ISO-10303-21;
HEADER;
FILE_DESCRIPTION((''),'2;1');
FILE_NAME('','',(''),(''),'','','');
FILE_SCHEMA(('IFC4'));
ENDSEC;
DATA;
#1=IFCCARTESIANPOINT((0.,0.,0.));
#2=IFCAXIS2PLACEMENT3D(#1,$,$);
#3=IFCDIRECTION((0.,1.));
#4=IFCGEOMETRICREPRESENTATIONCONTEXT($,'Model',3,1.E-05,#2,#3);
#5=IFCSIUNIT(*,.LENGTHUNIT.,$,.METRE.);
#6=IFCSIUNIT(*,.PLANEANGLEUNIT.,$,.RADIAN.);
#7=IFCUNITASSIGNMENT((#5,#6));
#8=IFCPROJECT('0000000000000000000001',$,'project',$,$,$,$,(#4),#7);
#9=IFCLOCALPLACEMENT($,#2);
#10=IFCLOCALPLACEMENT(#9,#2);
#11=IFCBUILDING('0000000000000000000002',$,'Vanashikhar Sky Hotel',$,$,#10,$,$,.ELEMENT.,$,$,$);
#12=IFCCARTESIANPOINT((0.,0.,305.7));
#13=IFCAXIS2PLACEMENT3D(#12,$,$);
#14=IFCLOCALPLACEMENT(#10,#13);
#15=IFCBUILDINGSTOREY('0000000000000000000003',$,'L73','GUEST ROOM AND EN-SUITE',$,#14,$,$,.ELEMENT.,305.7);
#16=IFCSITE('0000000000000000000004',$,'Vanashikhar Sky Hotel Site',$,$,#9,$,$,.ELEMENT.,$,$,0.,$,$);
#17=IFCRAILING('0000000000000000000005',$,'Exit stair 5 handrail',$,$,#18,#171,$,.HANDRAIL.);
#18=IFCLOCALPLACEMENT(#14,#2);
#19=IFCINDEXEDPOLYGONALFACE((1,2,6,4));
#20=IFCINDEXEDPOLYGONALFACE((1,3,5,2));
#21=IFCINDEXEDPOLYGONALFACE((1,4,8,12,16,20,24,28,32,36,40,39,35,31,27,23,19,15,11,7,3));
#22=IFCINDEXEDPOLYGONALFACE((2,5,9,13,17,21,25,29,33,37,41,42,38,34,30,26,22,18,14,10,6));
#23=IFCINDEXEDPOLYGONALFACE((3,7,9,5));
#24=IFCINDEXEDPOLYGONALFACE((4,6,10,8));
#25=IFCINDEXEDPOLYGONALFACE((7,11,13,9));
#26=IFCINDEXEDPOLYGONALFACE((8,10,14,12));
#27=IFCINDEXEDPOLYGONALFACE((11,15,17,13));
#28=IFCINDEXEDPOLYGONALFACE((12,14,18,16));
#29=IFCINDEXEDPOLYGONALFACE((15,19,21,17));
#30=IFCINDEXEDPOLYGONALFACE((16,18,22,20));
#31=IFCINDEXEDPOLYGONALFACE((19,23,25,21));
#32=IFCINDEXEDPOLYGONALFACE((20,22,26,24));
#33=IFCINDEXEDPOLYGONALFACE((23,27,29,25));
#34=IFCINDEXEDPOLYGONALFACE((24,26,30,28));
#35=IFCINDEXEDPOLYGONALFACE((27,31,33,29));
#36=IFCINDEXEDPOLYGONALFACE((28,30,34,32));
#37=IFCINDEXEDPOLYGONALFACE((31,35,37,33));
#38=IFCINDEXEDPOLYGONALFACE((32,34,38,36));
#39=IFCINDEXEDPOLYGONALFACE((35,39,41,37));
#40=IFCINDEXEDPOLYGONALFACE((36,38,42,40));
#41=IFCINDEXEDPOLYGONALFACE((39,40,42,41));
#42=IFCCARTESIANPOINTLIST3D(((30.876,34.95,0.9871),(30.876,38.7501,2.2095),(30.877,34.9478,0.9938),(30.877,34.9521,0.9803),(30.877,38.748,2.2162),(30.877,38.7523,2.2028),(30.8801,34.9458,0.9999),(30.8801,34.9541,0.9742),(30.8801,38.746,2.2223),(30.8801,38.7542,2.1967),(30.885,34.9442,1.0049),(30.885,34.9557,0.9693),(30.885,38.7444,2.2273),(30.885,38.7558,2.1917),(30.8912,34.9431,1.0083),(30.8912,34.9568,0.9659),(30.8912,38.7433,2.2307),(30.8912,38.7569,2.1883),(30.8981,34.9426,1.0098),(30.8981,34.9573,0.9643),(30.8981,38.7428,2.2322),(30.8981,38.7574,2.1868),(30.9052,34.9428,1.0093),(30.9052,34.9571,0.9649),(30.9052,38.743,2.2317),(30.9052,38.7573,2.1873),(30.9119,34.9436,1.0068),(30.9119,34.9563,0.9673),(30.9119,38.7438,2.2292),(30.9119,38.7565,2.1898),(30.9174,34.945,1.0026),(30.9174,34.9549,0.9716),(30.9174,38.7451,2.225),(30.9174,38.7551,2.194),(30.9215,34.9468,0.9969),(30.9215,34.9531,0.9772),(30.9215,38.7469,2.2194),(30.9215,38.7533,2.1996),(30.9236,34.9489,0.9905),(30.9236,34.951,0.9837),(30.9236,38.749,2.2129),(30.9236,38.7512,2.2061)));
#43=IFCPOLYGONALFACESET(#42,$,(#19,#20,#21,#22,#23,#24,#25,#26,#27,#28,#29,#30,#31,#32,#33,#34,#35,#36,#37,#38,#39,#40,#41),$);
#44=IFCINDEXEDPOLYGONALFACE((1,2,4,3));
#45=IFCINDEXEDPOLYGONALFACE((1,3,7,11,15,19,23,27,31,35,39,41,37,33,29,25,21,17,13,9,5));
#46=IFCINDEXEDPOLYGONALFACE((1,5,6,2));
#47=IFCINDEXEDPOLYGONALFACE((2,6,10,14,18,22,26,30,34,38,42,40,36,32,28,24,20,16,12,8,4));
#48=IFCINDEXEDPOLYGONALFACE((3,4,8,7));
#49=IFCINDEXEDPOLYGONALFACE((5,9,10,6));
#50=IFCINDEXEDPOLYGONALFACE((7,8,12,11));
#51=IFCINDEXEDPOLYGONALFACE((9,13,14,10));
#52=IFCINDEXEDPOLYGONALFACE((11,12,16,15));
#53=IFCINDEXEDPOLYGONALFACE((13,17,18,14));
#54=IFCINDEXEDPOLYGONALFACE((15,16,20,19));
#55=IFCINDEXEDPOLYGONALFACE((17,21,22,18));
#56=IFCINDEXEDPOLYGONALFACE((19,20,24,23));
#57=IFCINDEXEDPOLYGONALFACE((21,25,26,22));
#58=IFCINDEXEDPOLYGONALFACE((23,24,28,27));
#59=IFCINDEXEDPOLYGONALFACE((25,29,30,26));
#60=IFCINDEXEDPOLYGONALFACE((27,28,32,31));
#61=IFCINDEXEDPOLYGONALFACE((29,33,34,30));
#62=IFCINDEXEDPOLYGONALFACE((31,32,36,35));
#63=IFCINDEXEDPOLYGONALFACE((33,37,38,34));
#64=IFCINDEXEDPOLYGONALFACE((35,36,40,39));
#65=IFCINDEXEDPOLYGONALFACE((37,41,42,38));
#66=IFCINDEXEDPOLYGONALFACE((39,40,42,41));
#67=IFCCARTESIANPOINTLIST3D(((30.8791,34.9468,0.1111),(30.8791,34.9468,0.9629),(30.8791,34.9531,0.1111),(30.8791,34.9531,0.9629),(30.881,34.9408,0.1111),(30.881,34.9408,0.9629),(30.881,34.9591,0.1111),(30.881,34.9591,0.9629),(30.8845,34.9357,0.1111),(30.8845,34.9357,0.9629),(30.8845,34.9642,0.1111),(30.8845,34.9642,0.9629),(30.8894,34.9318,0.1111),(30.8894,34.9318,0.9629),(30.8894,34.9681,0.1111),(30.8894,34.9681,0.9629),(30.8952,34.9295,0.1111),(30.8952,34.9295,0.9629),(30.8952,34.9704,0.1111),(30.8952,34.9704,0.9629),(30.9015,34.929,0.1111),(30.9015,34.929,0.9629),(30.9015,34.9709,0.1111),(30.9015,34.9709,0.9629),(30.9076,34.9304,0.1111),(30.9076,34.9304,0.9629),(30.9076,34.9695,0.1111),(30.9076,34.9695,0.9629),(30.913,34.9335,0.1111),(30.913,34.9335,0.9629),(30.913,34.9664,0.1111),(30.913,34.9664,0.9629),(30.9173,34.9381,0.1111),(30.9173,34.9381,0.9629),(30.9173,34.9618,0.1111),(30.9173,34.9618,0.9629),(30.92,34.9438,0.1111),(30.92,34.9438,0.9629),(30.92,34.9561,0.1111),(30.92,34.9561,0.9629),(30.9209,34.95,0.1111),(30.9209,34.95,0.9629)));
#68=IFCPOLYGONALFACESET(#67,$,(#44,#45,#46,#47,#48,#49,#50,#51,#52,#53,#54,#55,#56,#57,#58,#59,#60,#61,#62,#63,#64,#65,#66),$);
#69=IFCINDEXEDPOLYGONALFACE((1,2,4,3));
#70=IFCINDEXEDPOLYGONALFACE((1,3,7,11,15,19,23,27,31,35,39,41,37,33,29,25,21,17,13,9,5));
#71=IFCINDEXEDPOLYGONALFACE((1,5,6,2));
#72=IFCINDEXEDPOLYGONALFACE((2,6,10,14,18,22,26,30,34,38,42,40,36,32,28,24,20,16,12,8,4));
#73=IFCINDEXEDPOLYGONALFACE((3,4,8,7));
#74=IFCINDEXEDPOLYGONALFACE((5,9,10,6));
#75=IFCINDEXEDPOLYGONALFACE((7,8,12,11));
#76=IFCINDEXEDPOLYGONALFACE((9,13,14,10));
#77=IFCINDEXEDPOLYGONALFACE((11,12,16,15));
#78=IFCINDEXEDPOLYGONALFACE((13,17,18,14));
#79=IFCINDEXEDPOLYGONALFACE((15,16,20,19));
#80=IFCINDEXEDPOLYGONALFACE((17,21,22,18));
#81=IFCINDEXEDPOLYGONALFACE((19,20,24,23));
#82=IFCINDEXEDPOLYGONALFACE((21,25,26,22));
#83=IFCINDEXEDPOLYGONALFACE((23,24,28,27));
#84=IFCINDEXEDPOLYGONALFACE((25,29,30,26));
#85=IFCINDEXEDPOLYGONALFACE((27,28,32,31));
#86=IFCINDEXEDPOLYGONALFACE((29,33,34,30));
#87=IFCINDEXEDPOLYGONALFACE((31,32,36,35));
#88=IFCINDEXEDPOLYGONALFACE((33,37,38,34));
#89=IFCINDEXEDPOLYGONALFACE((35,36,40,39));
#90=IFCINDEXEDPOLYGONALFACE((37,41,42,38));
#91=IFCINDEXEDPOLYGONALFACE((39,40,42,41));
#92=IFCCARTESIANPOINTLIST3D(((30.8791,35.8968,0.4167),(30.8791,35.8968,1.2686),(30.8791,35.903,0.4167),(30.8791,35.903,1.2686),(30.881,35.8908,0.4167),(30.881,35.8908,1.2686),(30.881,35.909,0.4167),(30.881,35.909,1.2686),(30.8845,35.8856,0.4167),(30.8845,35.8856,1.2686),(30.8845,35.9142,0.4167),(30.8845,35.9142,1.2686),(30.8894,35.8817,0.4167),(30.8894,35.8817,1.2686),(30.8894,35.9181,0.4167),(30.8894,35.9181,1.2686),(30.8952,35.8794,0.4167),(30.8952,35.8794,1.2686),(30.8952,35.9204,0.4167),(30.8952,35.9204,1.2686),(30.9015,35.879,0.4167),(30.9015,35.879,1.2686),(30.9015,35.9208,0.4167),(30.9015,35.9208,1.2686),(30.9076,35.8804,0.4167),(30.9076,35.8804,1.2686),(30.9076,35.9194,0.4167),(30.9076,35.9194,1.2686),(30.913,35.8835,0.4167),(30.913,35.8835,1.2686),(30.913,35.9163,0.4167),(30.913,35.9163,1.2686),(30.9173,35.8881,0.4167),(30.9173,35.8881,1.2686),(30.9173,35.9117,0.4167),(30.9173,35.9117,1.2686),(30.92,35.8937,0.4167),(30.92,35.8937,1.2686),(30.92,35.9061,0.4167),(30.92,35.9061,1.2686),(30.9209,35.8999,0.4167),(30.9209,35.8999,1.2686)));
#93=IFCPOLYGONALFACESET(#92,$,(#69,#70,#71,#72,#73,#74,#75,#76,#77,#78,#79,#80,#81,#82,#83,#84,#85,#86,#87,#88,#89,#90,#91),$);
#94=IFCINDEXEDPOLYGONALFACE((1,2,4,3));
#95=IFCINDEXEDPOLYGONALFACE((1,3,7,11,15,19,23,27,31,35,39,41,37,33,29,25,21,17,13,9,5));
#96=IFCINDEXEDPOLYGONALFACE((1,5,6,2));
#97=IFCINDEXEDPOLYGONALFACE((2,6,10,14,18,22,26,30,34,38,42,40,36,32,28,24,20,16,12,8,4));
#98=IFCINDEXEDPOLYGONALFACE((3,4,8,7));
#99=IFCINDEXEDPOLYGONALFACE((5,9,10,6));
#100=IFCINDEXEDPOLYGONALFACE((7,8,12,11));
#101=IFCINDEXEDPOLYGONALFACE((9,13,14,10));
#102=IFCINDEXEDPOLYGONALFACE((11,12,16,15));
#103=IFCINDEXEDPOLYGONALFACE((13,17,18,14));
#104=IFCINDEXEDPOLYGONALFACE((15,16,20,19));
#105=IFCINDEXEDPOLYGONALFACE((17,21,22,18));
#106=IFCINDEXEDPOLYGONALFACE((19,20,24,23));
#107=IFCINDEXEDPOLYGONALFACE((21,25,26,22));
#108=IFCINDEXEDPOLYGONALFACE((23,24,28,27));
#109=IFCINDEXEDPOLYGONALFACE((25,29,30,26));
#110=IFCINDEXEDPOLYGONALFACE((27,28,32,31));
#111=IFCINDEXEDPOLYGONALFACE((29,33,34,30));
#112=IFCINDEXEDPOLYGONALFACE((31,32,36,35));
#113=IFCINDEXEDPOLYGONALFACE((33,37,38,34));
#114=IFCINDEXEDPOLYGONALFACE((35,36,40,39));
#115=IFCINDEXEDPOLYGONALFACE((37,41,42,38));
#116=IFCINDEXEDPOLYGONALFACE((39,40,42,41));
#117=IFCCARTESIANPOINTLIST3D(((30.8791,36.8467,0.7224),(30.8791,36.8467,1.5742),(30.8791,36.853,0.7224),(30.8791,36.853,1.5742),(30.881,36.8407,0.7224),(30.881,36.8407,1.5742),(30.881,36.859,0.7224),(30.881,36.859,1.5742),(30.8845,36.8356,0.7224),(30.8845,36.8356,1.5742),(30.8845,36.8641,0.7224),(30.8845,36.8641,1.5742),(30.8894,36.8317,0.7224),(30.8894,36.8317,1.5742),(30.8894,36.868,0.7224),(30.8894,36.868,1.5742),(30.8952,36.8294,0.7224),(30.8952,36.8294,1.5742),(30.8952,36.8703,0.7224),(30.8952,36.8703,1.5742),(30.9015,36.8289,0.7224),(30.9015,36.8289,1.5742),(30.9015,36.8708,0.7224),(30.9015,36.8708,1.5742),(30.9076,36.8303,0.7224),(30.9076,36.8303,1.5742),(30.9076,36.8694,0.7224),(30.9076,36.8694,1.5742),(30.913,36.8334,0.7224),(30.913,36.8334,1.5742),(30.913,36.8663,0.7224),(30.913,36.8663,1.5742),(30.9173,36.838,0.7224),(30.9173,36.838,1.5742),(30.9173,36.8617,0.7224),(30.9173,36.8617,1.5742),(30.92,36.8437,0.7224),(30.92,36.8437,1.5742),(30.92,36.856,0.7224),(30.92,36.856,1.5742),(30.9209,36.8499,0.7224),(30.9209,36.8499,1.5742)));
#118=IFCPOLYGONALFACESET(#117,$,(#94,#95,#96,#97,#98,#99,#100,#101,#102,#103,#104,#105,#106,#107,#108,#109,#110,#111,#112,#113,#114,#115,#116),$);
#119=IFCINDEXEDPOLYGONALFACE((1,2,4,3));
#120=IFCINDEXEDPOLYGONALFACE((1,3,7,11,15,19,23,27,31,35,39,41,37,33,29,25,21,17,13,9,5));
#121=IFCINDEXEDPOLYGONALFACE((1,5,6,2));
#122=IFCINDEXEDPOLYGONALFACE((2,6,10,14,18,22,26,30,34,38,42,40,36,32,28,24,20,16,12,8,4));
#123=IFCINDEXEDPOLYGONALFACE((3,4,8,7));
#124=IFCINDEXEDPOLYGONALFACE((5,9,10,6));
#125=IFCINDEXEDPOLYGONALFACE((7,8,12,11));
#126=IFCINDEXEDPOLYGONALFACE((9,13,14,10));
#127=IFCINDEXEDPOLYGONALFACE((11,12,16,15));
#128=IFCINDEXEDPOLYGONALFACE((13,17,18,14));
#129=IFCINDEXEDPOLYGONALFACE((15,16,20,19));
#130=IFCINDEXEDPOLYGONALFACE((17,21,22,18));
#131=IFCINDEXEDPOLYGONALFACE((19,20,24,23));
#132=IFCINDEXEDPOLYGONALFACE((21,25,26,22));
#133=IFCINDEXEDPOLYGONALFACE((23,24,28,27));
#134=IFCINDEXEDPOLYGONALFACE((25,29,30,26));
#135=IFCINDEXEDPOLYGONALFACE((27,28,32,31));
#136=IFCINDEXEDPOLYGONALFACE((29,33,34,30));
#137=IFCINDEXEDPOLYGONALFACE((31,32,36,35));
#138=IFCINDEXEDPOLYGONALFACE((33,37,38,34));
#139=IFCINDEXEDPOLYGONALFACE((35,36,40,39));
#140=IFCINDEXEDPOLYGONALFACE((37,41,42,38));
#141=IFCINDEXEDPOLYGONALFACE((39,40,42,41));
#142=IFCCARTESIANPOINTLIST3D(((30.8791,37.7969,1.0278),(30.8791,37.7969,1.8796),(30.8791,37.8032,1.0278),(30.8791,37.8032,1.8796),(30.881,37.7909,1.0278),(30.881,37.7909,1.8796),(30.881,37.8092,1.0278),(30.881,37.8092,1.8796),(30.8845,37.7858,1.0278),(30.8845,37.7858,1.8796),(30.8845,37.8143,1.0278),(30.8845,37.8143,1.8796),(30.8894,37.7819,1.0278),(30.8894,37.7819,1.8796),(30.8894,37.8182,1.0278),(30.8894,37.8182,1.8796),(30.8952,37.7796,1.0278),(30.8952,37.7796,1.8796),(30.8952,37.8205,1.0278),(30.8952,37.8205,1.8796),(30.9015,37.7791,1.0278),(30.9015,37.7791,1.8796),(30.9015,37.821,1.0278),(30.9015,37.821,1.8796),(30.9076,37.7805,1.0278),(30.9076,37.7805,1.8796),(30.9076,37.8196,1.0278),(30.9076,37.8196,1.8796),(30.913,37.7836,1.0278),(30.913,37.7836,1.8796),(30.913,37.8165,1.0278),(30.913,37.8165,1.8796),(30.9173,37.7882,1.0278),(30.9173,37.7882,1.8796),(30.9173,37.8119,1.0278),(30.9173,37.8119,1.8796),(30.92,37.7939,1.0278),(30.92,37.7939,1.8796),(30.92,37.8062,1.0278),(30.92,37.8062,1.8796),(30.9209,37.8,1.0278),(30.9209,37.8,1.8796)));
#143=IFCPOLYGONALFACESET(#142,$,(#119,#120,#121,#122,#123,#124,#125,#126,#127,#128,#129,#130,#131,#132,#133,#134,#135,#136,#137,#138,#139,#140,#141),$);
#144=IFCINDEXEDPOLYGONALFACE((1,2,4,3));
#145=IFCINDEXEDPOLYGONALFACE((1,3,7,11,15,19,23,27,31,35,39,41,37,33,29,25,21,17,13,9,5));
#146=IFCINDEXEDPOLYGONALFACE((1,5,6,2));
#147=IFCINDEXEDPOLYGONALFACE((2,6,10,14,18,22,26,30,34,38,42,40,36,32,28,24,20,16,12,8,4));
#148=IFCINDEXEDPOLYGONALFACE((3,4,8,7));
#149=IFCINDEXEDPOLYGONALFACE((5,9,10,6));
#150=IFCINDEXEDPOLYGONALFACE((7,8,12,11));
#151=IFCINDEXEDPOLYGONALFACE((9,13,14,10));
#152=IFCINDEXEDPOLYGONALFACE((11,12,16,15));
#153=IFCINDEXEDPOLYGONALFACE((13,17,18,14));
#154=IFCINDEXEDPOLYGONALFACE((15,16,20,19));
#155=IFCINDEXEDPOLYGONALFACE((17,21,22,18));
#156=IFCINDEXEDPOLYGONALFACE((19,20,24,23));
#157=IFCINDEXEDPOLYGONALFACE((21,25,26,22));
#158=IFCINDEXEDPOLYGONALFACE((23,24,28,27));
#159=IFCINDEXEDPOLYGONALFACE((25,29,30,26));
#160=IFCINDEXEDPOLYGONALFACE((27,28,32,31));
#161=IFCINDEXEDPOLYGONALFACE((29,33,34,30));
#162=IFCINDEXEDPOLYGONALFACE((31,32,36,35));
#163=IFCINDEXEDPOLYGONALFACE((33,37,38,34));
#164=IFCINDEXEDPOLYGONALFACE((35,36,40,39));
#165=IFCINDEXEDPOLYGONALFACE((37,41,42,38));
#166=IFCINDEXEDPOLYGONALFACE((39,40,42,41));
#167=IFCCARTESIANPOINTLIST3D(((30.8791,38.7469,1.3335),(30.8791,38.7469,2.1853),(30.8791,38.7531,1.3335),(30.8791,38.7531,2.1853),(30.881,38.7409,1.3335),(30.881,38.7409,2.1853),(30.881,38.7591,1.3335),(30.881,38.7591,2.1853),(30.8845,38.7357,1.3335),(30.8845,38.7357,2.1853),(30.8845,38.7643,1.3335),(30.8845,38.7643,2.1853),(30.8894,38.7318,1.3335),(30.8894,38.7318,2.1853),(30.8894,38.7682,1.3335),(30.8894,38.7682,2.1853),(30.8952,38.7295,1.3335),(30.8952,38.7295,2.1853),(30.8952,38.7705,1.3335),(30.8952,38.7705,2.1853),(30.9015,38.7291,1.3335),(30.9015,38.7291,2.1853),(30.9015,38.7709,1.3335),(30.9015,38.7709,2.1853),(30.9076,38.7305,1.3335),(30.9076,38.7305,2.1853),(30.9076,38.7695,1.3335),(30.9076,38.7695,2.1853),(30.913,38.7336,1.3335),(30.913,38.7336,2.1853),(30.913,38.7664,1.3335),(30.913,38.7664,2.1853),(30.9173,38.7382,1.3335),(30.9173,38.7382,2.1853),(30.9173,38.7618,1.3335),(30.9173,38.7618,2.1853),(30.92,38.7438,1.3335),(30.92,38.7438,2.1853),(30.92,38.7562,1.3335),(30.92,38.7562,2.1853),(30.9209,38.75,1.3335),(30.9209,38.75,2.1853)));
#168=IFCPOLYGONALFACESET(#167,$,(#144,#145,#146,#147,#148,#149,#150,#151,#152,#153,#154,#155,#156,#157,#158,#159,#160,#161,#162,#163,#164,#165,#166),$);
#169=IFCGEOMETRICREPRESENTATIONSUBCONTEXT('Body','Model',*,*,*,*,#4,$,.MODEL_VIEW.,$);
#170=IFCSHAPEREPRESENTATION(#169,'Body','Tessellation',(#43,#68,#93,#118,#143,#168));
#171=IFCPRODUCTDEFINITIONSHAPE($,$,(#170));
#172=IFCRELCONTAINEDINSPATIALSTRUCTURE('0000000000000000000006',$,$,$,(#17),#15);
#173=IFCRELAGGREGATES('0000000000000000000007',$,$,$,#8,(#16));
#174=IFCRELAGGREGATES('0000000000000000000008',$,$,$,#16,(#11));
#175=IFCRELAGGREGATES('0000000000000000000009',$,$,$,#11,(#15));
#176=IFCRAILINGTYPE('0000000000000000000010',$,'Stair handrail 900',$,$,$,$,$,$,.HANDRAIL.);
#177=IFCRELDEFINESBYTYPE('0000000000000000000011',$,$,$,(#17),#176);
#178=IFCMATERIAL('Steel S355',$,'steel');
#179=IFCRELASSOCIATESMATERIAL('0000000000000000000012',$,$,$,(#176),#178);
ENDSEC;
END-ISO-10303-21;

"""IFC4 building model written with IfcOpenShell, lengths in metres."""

from ifc_helpers import new_model, si_unit, direction, frame, origin, origin_2d, place, context, subcontext, project, spatial, circle, extrude, source, transform, mapped, material, type_object, element, save


model = new_model("IFC4")

# Units and contexts
model_context = context("Model", 3, precision=1e-05, world=origin(), true_north=direction((0.0, 1.0)))
body_context = subcontext(model_context, "Body", "Model", "MODEL_VIEW")
ifc_project = project(units=[si_unit("LENGTHUNIT", "METRE"), si_unit("PLANEANGLEUNIT", "RADIAN")], contexts=[model_context])

# Site, building, storey
site_placement = place(None, origin())
site = spatial("IfcSite", under=ifc_project, at=site_placement, Name="Vanashikhar Sky Hotel Site", CompositionType="ELEMENT", RefElevation=0.0)
building_placement = place(site_placement, origin())
building = spatial("IfcBuilding", under=site, at=building_placement, Name="Vanashikhar Sky Hotel", CompositionType="ELEMENT")
storey_placement = place(building_placement, frame((0.0, 0.0, 305.7)))
storey = spatial("IfcBuildingStorey", under=building, at=storey_placement, Name="L73", Description="GUEST ROOM AND EN-SUITE", CompositionType="ELEMENT", Elevation=305.7)

# Railing
ifc_material_1 = material(Name="Steel S355", Category="steel")
railing_type_1 = type_object("IfcRailingType", Name="Stair handrail 900", PredefinedType="HANDRAIL", material=ifc_material_1)
shared_shape_1 = source(origin(), body_context, "Body", "SweptSolid", [
    extrude(circle(Radius=0.0239, at=origin_2d()), frame((0.0, 0.0, 0.876), z_axis=(0.0, 0.951958, 0.306229), x_axis=(-1.0, 0.0, 0.0)), (0.0, 0.0, 1.0), 3.9919),
    extrude(circle(Radius=0.021, at=origin_2d()), origin(), (0.0, 0.0, 1.0), 0.8518),
    extrude(circle(Radius=0.021, at=origin_2d()), frame((0.0, 0.95, 0.3057)), (0.0, 0.0, 1.0), 0.8518),
    extrude(circle(Radius=0.021, at=origin_2d()), frame((0.0, 1.8999, 0.6113)), (0.0, 0.0, 1.0), 0.8518),
    extrude(circle(Radius=0.021, at=origin_2d()), frame((0.0, 2.8501, 0.9167)), (0.0, 0.0, 1.0), 0.8518),
    extrude(circle(Radius=0.021, at=origin_2d()), frame((0.0, 3.8, 1.2224)), (0.0, 0.0, 1.0), 0.8518),
])
railing_1_placement = place(storey_placement, frame((30.8999, 34.95, 0.1111)))
element("IfcRailing", 1, at=railing_1_placement, inside=storey, type_object=railing_type_1, Name="Exit stair 5 handrail", PredefinedType="HANDRAIL", context=body_context, shape_type="MappedRepresentation", body=[
    mapped(shared_shape_1, transform((0.0, 0.0, 0.0), scale=1.0)),
])

save(model, "model.ifc")
